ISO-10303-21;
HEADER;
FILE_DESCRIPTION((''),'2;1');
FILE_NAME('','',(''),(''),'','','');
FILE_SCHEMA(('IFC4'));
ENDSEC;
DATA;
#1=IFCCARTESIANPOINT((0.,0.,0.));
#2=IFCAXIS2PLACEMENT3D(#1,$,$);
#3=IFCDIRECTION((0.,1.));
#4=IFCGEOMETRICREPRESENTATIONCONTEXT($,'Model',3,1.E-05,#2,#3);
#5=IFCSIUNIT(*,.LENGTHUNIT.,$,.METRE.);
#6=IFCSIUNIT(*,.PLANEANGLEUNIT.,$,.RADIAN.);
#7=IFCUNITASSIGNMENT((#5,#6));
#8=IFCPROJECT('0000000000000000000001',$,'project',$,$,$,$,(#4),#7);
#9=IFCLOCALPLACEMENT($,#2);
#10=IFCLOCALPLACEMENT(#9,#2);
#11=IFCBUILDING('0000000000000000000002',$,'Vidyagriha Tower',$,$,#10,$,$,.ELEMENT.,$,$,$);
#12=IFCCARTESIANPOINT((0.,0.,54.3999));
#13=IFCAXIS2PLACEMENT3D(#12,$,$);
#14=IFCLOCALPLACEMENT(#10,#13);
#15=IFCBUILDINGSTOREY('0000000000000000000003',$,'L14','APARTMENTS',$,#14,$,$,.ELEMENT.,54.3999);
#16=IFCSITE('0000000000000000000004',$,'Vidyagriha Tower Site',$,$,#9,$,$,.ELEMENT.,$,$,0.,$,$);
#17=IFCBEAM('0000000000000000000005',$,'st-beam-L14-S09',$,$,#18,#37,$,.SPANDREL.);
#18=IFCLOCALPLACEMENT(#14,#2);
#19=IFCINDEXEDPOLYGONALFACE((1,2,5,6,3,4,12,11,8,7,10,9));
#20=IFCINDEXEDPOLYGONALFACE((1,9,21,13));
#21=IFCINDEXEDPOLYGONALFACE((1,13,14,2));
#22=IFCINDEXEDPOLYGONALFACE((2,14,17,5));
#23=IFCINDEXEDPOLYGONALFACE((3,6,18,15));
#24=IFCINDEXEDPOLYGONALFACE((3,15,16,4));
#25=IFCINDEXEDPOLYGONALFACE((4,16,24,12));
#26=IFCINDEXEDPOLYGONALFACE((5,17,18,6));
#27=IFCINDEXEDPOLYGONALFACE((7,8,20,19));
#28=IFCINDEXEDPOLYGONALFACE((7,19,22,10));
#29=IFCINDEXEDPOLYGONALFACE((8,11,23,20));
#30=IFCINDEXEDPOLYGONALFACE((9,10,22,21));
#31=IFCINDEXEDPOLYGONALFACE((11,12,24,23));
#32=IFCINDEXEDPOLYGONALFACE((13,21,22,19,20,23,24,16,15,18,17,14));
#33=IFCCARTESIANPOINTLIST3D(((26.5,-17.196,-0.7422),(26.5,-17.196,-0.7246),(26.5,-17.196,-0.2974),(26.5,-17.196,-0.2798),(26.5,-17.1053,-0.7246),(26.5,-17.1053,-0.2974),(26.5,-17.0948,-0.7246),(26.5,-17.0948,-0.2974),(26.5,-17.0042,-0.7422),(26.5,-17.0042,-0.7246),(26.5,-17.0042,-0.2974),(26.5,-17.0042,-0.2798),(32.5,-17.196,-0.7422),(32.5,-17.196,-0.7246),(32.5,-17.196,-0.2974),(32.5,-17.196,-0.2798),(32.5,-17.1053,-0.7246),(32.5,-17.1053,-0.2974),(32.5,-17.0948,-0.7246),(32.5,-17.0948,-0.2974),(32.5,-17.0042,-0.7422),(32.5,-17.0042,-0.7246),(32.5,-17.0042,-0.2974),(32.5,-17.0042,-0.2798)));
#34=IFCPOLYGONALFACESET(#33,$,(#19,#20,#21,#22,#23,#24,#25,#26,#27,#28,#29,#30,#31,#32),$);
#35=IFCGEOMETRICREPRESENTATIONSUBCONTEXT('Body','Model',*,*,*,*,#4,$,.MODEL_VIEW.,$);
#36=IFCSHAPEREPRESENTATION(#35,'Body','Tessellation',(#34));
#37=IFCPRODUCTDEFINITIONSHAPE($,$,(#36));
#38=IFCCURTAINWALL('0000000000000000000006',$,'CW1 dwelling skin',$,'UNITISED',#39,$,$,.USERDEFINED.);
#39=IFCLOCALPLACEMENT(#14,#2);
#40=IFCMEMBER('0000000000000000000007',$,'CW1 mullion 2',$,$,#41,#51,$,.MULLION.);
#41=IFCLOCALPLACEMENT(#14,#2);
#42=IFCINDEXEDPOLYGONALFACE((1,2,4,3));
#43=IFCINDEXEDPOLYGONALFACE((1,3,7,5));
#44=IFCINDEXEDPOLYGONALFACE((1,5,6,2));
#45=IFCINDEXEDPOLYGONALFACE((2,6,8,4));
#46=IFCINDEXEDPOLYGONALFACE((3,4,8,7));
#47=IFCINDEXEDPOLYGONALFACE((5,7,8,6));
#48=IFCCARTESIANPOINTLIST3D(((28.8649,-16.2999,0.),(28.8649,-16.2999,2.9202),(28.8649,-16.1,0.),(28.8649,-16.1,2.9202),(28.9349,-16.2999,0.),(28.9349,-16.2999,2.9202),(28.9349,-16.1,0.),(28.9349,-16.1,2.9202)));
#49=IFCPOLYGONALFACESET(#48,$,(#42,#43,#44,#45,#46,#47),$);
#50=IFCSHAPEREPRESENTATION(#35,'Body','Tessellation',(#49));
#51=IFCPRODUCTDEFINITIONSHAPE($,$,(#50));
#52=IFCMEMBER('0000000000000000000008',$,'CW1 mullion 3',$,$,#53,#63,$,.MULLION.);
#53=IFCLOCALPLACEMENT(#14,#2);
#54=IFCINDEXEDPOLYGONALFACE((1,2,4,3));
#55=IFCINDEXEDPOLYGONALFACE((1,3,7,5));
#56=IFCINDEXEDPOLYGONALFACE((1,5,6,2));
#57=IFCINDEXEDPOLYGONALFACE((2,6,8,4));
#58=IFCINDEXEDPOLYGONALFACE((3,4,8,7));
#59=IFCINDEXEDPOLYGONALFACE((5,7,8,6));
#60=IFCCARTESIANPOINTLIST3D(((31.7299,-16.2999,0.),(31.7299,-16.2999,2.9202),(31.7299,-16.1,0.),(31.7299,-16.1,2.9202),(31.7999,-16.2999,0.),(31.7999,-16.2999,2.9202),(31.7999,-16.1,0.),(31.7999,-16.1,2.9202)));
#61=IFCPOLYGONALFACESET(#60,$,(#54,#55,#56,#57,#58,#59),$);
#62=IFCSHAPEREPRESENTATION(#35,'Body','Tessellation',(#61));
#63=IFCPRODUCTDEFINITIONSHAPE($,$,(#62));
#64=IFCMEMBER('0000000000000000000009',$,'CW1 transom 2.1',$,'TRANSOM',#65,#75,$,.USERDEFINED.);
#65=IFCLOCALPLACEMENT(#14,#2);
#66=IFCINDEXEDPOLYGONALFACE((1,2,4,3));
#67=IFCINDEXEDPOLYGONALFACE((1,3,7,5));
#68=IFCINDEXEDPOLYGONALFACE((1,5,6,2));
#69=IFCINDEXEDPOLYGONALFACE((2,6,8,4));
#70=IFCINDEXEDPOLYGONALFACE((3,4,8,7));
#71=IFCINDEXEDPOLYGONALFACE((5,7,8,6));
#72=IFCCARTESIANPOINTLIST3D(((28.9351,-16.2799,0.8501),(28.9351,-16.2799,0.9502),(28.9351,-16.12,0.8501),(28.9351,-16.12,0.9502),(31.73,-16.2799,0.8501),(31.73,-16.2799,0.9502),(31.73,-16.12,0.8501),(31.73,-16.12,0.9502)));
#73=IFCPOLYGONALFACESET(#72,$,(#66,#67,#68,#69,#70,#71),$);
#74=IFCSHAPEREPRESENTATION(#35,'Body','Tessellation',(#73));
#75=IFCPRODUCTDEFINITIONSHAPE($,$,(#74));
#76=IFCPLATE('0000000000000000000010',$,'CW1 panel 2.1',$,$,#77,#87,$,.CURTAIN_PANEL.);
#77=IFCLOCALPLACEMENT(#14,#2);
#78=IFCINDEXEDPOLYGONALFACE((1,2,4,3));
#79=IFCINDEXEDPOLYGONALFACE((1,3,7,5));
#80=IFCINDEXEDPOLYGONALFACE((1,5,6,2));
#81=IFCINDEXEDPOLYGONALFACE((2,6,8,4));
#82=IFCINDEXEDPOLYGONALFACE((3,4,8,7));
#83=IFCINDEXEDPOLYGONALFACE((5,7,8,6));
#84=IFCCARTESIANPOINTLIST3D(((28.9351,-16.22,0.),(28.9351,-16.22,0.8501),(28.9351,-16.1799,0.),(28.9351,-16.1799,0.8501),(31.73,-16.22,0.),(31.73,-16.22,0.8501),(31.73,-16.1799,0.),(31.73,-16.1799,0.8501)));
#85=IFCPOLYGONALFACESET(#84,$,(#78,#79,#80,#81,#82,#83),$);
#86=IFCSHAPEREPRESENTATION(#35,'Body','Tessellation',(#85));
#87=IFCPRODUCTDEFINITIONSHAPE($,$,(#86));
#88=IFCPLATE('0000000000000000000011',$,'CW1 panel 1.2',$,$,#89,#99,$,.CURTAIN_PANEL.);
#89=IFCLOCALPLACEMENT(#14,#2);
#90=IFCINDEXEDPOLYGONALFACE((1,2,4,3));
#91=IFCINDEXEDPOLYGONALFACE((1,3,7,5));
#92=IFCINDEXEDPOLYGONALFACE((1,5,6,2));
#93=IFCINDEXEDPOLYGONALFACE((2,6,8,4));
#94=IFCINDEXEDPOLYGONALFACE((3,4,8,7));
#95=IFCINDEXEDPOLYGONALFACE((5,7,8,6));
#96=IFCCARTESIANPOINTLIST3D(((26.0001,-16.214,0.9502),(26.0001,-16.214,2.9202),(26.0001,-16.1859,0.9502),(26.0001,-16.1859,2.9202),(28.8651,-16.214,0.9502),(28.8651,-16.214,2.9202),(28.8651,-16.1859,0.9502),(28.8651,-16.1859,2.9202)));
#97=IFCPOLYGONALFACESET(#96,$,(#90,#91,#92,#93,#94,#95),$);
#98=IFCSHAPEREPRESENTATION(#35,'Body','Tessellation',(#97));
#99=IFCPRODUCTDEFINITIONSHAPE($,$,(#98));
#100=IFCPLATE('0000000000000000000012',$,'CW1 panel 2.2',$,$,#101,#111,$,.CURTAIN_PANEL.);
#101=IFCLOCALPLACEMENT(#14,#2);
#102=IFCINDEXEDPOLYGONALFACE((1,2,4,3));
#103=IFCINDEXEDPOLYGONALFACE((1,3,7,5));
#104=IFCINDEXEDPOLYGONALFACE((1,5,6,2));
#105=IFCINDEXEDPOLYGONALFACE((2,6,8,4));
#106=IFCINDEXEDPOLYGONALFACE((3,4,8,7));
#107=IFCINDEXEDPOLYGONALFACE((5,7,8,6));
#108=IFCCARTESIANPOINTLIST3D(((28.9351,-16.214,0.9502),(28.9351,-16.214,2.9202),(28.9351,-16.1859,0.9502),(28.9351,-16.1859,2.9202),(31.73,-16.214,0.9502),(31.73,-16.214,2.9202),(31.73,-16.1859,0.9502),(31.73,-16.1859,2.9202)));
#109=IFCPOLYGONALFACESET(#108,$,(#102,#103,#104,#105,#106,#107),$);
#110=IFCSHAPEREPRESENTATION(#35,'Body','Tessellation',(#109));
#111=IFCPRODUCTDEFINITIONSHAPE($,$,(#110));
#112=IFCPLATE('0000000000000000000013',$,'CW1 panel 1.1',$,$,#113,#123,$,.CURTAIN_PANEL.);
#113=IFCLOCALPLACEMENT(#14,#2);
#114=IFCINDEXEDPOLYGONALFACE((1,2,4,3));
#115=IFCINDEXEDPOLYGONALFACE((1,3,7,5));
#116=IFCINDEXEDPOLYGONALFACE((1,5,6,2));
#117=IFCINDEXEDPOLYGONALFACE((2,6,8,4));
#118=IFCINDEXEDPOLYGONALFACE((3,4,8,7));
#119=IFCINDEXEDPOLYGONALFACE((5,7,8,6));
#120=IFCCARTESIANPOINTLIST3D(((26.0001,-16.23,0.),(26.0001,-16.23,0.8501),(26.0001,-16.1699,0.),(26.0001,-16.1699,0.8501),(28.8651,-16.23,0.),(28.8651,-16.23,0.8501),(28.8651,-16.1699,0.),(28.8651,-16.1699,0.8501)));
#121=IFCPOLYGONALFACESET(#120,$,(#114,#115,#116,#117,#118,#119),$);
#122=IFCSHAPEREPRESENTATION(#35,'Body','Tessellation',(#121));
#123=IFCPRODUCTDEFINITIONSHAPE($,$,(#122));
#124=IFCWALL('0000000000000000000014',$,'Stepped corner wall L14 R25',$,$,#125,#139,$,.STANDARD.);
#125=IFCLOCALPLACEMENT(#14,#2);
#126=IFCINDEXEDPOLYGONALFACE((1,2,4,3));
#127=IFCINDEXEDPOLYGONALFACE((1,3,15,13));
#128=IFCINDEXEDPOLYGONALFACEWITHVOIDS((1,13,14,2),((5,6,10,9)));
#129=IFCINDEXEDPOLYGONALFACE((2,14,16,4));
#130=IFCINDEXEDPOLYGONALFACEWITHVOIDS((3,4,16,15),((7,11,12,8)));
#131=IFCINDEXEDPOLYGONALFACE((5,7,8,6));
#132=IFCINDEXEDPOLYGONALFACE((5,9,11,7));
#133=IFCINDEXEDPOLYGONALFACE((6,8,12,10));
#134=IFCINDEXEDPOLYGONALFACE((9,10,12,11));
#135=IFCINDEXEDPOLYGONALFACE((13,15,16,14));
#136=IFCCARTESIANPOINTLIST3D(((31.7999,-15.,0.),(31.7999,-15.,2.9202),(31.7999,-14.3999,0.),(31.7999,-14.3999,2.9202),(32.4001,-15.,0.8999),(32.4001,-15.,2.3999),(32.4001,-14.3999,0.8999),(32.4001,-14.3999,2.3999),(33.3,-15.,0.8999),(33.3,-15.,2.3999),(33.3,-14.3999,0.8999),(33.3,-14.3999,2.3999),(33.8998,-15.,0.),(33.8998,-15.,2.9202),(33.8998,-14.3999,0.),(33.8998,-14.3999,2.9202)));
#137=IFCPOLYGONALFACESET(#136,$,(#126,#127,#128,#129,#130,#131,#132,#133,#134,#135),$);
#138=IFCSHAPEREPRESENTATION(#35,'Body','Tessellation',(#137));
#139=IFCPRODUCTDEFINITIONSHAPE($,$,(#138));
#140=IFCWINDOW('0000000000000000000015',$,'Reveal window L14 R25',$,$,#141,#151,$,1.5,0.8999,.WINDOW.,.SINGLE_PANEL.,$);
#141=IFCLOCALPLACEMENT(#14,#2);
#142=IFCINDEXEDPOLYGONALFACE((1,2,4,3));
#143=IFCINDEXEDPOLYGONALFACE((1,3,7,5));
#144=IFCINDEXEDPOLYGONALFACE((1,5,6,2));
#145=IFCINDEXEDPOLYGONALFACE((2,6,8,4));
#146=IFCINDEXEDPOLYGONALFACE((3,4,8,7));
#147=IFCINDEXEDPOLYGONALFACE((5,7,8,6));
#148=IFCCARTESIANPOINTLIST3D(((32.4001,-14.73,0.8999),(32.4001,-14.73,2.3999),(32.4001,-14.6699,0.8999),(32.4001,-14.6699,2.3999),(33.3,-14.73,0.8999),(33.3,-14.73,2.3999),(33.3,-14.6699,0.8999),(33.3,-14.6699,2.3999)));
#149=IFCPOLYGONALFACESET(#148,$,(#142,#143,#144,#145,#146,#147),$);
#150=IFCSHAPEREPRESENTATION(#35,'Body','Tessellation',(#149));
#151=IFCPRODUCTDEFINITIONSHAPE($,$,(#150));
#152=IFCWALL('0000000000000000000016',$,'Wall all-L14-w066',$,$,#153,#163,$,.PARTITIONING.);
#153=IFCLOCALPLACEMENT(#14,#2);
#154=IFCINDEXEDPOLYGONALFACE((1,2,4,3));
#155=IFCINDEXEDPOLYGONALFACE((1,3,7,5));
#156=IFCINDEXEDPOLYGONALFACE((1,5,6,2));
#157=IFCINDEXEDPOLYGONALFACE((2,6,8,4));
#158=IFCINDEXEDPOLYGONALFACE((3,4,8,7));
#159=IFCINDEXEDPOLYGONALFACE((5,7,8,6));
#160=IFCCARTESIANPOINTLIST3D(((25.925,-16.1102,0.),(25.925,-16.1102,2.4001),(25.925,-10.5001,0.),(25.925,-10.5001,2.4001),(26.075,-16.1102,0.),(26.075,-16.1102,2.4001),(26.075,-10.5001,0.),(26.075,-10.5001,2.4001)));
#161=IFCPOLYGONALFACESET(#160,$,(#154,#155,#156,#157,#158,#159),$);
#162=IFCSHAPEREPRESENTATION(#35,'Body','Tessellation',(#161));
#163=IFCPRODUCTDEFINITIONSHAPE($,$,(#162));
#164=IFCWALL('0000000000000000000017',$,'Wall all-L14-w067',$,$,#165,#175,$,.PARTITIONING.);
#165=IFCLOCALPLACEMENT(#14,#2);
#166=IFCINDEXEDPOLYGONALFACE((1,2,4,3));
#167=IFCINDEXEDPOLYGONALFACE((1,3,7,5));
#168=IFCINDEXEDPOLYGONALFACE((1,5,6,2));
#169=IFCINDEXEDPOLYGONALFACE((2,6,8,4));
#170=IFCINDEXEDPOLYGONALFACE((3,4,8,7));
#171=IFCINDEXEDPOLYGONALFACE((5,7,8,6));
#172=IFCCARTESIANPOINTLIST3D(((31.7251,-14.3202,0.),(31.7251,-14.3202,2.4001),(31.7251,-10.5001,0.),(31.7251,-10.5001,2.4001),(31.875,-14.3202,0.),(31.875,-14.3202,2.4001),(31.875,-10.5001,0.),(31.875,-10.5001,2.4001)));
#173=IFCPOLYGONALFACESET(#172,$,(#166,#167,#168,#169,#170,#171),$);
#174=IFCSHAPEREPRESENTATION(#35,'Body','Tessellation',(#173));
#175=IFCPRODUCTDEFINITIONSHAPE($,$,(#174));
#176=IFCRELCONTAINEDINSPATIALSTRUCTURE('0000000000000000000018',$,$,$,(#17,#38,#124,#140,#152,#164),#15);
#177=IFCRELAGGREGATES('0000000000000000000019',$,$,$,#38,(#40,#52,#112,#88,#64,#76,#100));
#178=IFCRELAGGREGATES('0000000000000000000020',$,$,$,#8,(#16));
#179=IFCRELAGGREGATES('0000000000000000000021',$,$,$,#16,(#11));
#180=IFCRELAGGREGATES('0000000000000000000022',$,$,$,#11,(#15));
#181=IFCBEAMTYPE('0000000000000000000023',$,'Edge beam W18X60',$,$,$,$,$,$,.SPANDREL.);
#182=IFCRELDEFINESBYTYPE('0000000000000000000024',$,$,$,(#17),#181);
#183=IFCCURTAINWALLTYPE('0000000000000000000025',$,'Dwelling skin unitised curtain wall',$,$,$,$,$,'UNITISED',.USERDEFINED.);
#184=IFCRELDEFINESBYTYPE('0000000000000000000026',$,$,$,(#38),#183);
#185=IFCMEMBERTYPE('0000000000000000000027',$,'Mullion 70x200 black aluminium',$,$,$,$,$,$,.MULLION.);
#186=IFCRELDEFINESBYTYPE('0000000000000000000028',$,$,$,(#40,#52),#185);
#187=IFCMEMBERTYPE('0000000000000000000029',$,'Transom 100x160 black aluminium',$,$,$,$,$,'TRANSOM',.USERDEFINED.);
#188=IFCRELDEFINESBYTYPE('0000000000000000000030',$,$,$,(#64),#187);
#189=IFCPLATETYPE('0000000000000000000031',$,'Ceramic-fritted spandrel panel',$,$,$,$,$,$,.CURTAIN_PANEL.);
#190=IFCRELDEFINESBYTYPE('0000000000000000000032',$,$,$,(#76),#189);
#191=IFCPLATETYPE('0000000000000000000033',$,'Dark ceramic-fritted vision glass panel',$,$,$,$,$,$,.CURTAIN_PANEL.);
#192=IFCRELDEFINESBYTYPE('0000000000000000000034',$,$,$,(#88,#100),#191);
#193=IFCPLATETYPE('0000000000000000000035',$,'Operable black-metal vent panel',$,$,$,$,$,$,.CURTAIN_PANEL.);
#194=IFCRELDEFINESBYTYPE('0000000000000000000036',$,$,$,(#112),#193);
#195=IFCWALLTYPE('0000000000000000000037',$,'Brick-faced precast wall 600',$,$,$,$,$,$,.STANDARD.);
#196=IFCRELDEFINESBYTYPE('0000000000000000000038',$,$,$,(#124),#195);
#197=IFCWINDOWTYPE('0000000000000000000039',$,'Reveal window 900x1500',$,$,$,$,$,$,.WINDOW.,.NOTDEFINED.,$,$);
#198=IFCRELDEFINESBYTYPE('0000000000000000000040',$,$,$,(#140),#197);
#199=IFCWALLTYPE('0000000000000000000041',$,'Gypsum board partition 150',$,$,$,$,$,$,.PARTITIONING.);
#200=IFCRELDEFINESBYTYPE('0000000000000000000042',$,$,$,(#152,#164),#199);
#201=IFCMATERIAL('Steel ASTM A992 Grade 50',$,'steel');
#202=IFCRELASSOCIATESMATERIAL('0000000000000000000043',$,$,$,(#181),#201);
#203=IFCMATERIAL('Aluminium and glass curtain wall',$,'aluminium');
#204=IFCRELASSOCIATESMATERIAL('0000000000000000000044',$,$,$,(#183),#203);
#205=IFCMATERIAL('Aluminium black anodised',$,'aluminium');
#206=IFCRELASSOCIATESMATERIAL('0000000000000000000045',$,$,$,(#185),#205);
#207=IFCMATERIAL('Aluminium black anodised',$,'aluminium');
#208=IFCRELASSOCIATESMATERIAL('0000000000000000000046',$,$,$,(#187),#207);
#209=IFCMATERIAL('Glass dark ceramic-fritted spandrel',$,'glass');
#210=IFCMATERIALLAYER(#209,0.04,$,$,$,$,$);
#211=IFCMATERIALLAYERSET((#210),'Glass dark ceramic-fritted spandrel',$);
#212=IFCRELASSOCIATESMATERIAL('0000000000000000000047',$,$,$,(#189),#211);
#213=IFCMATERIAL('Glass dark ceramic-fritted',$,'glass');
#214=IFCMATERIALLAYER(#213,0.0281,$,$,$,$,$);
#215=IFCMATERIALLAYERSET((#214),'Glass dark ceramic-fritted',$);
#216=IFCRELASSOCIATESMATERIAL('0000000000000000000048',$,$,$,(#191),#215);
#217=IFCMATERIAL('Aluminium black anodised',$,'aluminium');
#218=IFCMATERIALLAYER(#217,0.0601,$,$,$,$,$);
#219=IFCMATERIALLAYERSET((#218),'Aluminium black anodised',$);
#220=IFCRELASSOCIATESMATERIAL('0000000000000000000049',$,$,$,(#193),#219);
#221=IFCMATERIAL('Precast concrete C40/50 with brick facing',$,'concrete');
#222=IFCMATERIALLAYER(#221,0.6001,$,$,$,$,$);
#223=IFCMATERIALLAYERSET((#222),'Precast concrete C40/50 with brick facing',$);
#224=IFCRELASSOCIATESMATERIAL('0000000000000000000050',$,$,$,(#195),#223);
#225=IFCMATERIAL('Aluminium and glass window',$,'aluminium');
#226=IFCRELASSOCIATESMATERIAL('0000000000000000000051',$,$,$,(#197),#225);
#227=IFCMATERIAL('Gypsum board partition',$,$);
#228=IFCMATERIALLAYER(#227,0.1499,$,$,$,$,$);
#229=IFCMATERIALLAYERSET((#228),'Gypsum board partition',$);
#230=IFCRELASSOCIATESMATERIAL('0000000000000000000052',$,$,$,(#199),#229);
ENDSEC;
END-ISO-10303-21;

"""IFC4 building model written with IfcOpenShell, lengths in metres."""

from ifc_helpers import new_model, si_unit, direction, frame, frame_2d, origin, origin_2d, place, context, subcontext, project, spatial, rectangle, i_section, extrude, material, layer, layer_set, material_profile, profile_set, type_object, element, fill, aggregate, save


model = new_model("IFC4")

# Units and contexts
model_context = context("Model", 3, precision=1e-05, world=origin(), true_north=direction((0.0, 1.0)))
body_context = subcontext(model_context, "Body", "Model", "MODEL_VIEW")
ifc_project = project(units=[si_unit("LENGTHUNIT", "METRE"), si_unit("PLANEANGLEUNIT", "RADIAN")], contexts=[model_context])

# Site, building, storey
site_placement = place(None, origin())
site = spatial("IfcSite", under=ifc_project, at=site_placement, Name="Vidyagriha Tower Site", CompositionType="ELEMENT", RefElevation=0.0)
building_placement = place(site_placement, origin())
building = spatial("IfcBuilding", under=site, at=building_placement, Name="Vidyagriha Tower", CompositionType="ELEMENT")
storey_placement = place(building_placement, frame((0.0, 0.0, 54.3999)))
storey = spatial("IfcBuildingStorey", under=building, at=storey_placement, Name="L14", Description="APARTMENTS", CompositionType="ELEMENT", Elevation=54.3999)

# Beam
ifc_material_1 = material(Name="Steel ASTM A992 Grade 50", Category="steel")
ifc_material_profile_1 = material_profile(ifc_material_1, i_section(OverallWidth=0.1919, OverallDepth=0.4624, WebThickness=0.0105, FlangeThickness=0.0176, at=origin_2d()), Name="W18X60")
ifc_profile_set_1 = profile_set([ifc_material_profile_1], Name="Steel ASTM A992 Grade 50")
beam_type = type_object("IfcBeamType", Name="Edge beam W18X60", PredefinedType="SPANDREL", material=ifc_profile_set_1)
beam_placement = place(storey_placement, frame((26.5, -17.1001, -0.511), z_axis=(1.0, 0.0, 0.0), x_axis=(0.0, 1.0, 0.0)))
element("IfcBeam", 1, at=beam_placement, inside=storey, type_object=beam_type, Name="st-beam-L14-S09", PredefinedType="SPANDREL", context=body_context, shape_type="SweptSolid", body=[
    extrude(i_section(OverallWidth=0.1919, OverallDepth=0.4624, WebThickness=0.0105, FlangeThickness=0.0176, at=origin_2d()), origin(), (0.0, 0.0, 1.0), 6.0),
])

# Curtain wall, members, plates
ifc_material_2 = material(Name="Aluminium and glass curtain wall", Category="aluminium")
curtain_wall_type = type_object("IfcCurtainWallType", Name="Dwelling skin unitised curtain wall", ElementType="UNITISED", PredefinedType="USERDEFINED", material=ifc_material_2)
curtain_wall_placement = place(storey_placement, origin())
curtain_wall = element("IfcCurtainWall", 2, at=curtain_wall_placement, inside=storey, type_object=curtain_wall_type, Name="CW1 dwelling skin", ObjectType="UNITISED", PredefinedType="USERDEFINED")
ifc_material_3 = material(Name="Aluminium black anodised", Category="aluminium")
ifc_material_profile_2 = material_profile(ifc_material_3, rectangle(XDim=0.2, YDim=0.0701, at=origin_2d()), Name="Mullion 70x200 black aluminium")
ifc_profile_set_2 = profile_set([ifc_material_profile_2], Name="Aluminium black anodised")
member_type_1 = type_object("IfcMemberType", Name="Mullion 70x200 black aluminium", PredefinedType="MULLION", material=ifc_profile_set_2)
member_1_placement = place(storey_placement, frame((28.8999, -16.2, 0.0), z_axis=(0.0, 0.0, 1.0), x_axis=(0.0, 1.0, 0.0)))
member_1 = element("IfcMember", 3, at=member_1_placement, type_object=member_type_1, Name="CW1 mullion 2", PredefinedType="MULLION", context=body_context, shape_type="SweptSolid", body=[
    extrude(rectangle(XDim=0.2, YDim=0.0701, at=origin_2d()), origin(), (0.0, 0.0, 1.0), 2.9202),
])
member_2_placement = place(storey_placement, frame((31.7649, -16.2, 0.0), z_axis=(0.0, 0.0, 1.0), x_axis=(0.0, 1.0, 0.0)))
member_2 = element("IfcMember", 4, at=member_2_placement, type_object=member_type_1, Name="CW1 mullion 3", PredefinedType="MULLION", context=body_context, shape_type="SweptSolid", body=[
    extrude(rectangle(XDim=0.2, YDim=0.0701, at=origin_2d()), origin(), (0.0, 0.0, 1.0), 2.9202),
])
ifc_material_4 = material(Name="Aluminium black anodised", Category="aluminium")
ifc_material_profile_3 = material_profile(ifc_material_4, rectangle(XDim=0.1599, YDim=0.1001, at=origin_2d()), Name="Transom 100x160 black aluminium")
ifc_profile_set_3 = profile_set([ifc_material_profile_3], Name="Aluminium black anodised")
member_type_2 = type_object("IfcMemberType", Name="Transom 100x160 black aluminium", ElementType="TRANSOM", PredefinedType="USERDEFINED", material=ifc_profile_set_3)
member_3_placement = place(storey_placement, frame((28.9351, -16.2, 0.9001), z_axis=(1.0, 0.0, 0.0), x_axis=(0.0, 1.0, 0.0)))
member_3 = element("IfcMember", 5, at=member_3_placement, type_object=member_type_2, Name="CW1 transom 2.1", ObjectType="TRANSOM", PredefinedType="USERDEFINED", context=body_context, shape_type="SweptSolid", body=[
    extrude(rectangle(XDim=0.1599, YDim=0.1001, at=origin_2d()), origin(), (0.0, 0.0, 1.0), 2.7949),
])
ifc_material_5 = material(Name="Glass dark ceramic-fritted spandrel", Category="glass")
ifc_layer_1 = layer(ifc_material_5, 0.04)
ifc_layer_set_1 = layer_set([ifc_layer_1], Name="Glass dark ceramic-fritted spandrel")
plate_type_1 = type_object("IfcPlateType", Name="Ceramic-fritted spandrel panel", PredefinedType="CURTAIN_PANEL", material=ifc_layer_set_1)
plate_1_placement = place(storey_placement, frame((30.3325, -16.2, 0.0)))
plate_1 = element("IfcPlate", 6, at=plate_1_placement, type_object=plate_type_1, Name="CW1 panel 2.1", PredefinedType="CURTAIN_PANEL", context=body_context, shape_type="SweptSolid", body=[
    extrude(rectangle(XDim=2.7949, YDim=0.04, at=origin_2d()), origin(), (0.0, 0.0, 1.0), 0.8501),
])
ifc_material_6 = material(Name="Glass dark ceramic-fritted", Category="glass")
ifc_layer_2 = layer(ifc_material_6, 0.0281)
ifc_layer_set_2 = layer_set([ifc_layer_2], Name="Glass dark ceramic-fritted")
plate_type_2 = type_object("IfcPlateType", Name="Dark ceramic-fritted vision glass panel", PredefinedType="CURTAIN_PANEL", material=ifc_layer_set_2)
plate_2_placement = place(storey_placement, frame((27.4326, -16.2, 0.9502)))
plate_2 = element("IfcPlate", 7, at=plate_2_placement, type_object=plate_type_2, Name="CW1 panel 1.2", PredefinedType="CURTAIN_PANEL", context=body_context, shape_type="SweptSolid", body=[
    extrude(rectangle(XDim=2.865, YDim=0.0281, at=origin_2d()), origin(), (0.0, 0.0, 1.0), 1.97),
])
plate_3_placement = place(storey_placement, frame((30.3325, -16.2, 0.9502)))
plate_3 = element("IfcPlate", 8, at=plate_3_placement, type_object=plate_type_2, Name="CW1 panel 2.2", PredefinedType="CURTAIN_PANEL", context=body_context, shape_type="SweptSolid", body=[
    extrude(rectangle(XDim=2.7949, YDim=0.0281, at=origin_2d()), origin(), (0.0, 0.0, 1.0), 1.97),
])
ifc_material_7 = material(Name="Aluminium black anodised", Category="aluminium")
ifc_layer_3 = layer(ifc_material_7, 0.0601)
ifc_layer_set_3 = layer_set([ifc_layer_3], Name="Aluminium black anodised")
plate_type_3 = type_object("IfcPlateType", Name="Operable black-metal vent panel", PredefinedType="CURTAIN_PANEL", material=ifc_layer_set_3)
plate_4_placement = place(storey_placement, frame((27.4326, -16.2, 0.0)))
plate_4 = element("IfcPlate", 9, at=plate_4_placement, type_object=plate_type_3, Name="CW1 panel 1.1", PredefinedType="CURTAIN_PANEL", context=body_context, shape_type="SweptSolid", body=[
    extrude(rectangle(XDim=2.865, YDim=0.0601, at=origin_2d()), origin(), (0.0, 0.0, 1.0), 0.8501),
])
aggregate(curtain_wall, [member_1, member_2, plate_4, plate_2, member_3, plate_1, plate_3])

# Wall, opening, window
ifc_material_8 = material(Name="Precast concrete C40/50 with brick facing", Category="concrete")
ifc_layer_4 = layer(ifc_material_8, 0.6001)
ifc_layer_set_4 = layer_set([ifc_layer_4], Name="Precast concrete C40/50 with brick facing")
wall_type_1 = type_object("IfcWallType", Name="Brick-faced precast wall 600", PredefinedType="STANDARD", material=ifc_layer_set_4)
wall_1_placement = place(storey_placement, frame((31.8, -14.7, 0.0)))
wall_1 = element("IfcWall", 10, at=wall_1_placement, inside=storey, type_object=wall_type_1, Name="Stepped corner wall L14 R25", PredefinedType="STANDARD", context=body_context, shape_type="SweptSolid", body=[
    extrude(rectangle(XDim=2.0999, YDim=0.6001, at=frame_2d((1.0498, 0.0))), origin(), (0.0, 0.0, 1.0), 2.9202),
])
opening_1_placement = place(wall_1_placement, frame((0.6001, 0.0, 0.8999)))
opening_1 = element("IfcOpeningElement", 11, at=opening_1_placement, cuts=wall_1, PredefinedType="OPENING", context=body_context, shape_type="SweptSolid", body=[
    extrude(rectangle(XDim=0.8999, YDim=1.5, at=frame_2d((0.45, 0.75))), frame((0.0, 0.3101, 0.0), z_axis=(0.0, -1.0, 0.0), x_axis=(1.0, 0.0, 0.0)), (0.0, 0.0, 1.0), 0.6201),
])
ifc_material_9 = material(Name="Aluminium and glass window", Category="aluminium")
window_type = type_object("IfcWindowType", Name="Reveal window 900x1500", PartitioningType="NOTDEFINED", PredefinedType="WINDOW", material=ifc_material_9)
window_placement = place(opening_1_placement, origin())
window = element("IfcWindow", 12, at=window_placement, inside=storey, type_object=window_type, Name="Reveal window L14 R25", OverallHeight=1.5, OverallWidth=0.8999, PartitioningType="SINGLE_PANEL", PredefinedType="WINDOW", context=body_context, shape_type="SweptSolid", body=[
    extrude(rectangle(XDim=0.8999, YDim=1.5, at=frame_2d((0.45, 0.75))), frame((0.0, 0.03, 0.0), z_axis=(0.0, -1.0, 0.0), x_axis=(1.0, 0.0, 0.0)), (0.0, 0.0, 1.0), 0.0601),
])
fill(opening_1, window)

# Walls
ifc_material_10 = material(Name="Gypsum board partition")
ifc_layer_5 = layer(ifc_material_10, 0.1499)
ifc_layer_set_5 = layer_set([ifc_layer_5], Name="Gypsum board partition")
wall_type_2 = type_object("IfcWallType", Name="Gypsum board partition 150", PredefinedType="PARTITIONING", material=ifc_layer_set_5)
wall_2_placement = place(storey_placement, frame((26.0, -10.5, 0.0), z_axis=(0.0, 0.0, 1.0), x_axis=(0.0, -1.0, 0.0)))
element("IfcWall", 13, at=wall_2_placement, inside=storey, type_object=wall_type_2, Name="Wall all-L14-w066", PredefinedType="PARTITIONING", context=body_context, shape_type="SweptSolid", body=[
    extrude(rectangle(XDim=5.6101, YDim=0.1499, at=frame_2d((2.8052, 0.0))), origin(), (0.0, 0.0, 1.0), 2.4001),
])
wall_3_placement = place(storey_placement, frame((31.8, -10.5, 0.0), z_axis=(0.0, 0.0, 1.0), x_axis=(0.0, -1.0, 0.0)))
element("IfcWall", 14, at=wall_3_placement, inside=storey, type_object=wall_type_2, Name="Wall all-L14-w067", PredefinedType="PARTITIONING", context=body_context, shape_type="SweptSolid", body=[
    extrude(rectangle(XDim=3.8201, YDim=0.1499, at=frame_2d((1.9102, 0.0))), origin(), (0.0, 0.0, 1.0), 2.4001),
])

save(model, "model.ifc")
